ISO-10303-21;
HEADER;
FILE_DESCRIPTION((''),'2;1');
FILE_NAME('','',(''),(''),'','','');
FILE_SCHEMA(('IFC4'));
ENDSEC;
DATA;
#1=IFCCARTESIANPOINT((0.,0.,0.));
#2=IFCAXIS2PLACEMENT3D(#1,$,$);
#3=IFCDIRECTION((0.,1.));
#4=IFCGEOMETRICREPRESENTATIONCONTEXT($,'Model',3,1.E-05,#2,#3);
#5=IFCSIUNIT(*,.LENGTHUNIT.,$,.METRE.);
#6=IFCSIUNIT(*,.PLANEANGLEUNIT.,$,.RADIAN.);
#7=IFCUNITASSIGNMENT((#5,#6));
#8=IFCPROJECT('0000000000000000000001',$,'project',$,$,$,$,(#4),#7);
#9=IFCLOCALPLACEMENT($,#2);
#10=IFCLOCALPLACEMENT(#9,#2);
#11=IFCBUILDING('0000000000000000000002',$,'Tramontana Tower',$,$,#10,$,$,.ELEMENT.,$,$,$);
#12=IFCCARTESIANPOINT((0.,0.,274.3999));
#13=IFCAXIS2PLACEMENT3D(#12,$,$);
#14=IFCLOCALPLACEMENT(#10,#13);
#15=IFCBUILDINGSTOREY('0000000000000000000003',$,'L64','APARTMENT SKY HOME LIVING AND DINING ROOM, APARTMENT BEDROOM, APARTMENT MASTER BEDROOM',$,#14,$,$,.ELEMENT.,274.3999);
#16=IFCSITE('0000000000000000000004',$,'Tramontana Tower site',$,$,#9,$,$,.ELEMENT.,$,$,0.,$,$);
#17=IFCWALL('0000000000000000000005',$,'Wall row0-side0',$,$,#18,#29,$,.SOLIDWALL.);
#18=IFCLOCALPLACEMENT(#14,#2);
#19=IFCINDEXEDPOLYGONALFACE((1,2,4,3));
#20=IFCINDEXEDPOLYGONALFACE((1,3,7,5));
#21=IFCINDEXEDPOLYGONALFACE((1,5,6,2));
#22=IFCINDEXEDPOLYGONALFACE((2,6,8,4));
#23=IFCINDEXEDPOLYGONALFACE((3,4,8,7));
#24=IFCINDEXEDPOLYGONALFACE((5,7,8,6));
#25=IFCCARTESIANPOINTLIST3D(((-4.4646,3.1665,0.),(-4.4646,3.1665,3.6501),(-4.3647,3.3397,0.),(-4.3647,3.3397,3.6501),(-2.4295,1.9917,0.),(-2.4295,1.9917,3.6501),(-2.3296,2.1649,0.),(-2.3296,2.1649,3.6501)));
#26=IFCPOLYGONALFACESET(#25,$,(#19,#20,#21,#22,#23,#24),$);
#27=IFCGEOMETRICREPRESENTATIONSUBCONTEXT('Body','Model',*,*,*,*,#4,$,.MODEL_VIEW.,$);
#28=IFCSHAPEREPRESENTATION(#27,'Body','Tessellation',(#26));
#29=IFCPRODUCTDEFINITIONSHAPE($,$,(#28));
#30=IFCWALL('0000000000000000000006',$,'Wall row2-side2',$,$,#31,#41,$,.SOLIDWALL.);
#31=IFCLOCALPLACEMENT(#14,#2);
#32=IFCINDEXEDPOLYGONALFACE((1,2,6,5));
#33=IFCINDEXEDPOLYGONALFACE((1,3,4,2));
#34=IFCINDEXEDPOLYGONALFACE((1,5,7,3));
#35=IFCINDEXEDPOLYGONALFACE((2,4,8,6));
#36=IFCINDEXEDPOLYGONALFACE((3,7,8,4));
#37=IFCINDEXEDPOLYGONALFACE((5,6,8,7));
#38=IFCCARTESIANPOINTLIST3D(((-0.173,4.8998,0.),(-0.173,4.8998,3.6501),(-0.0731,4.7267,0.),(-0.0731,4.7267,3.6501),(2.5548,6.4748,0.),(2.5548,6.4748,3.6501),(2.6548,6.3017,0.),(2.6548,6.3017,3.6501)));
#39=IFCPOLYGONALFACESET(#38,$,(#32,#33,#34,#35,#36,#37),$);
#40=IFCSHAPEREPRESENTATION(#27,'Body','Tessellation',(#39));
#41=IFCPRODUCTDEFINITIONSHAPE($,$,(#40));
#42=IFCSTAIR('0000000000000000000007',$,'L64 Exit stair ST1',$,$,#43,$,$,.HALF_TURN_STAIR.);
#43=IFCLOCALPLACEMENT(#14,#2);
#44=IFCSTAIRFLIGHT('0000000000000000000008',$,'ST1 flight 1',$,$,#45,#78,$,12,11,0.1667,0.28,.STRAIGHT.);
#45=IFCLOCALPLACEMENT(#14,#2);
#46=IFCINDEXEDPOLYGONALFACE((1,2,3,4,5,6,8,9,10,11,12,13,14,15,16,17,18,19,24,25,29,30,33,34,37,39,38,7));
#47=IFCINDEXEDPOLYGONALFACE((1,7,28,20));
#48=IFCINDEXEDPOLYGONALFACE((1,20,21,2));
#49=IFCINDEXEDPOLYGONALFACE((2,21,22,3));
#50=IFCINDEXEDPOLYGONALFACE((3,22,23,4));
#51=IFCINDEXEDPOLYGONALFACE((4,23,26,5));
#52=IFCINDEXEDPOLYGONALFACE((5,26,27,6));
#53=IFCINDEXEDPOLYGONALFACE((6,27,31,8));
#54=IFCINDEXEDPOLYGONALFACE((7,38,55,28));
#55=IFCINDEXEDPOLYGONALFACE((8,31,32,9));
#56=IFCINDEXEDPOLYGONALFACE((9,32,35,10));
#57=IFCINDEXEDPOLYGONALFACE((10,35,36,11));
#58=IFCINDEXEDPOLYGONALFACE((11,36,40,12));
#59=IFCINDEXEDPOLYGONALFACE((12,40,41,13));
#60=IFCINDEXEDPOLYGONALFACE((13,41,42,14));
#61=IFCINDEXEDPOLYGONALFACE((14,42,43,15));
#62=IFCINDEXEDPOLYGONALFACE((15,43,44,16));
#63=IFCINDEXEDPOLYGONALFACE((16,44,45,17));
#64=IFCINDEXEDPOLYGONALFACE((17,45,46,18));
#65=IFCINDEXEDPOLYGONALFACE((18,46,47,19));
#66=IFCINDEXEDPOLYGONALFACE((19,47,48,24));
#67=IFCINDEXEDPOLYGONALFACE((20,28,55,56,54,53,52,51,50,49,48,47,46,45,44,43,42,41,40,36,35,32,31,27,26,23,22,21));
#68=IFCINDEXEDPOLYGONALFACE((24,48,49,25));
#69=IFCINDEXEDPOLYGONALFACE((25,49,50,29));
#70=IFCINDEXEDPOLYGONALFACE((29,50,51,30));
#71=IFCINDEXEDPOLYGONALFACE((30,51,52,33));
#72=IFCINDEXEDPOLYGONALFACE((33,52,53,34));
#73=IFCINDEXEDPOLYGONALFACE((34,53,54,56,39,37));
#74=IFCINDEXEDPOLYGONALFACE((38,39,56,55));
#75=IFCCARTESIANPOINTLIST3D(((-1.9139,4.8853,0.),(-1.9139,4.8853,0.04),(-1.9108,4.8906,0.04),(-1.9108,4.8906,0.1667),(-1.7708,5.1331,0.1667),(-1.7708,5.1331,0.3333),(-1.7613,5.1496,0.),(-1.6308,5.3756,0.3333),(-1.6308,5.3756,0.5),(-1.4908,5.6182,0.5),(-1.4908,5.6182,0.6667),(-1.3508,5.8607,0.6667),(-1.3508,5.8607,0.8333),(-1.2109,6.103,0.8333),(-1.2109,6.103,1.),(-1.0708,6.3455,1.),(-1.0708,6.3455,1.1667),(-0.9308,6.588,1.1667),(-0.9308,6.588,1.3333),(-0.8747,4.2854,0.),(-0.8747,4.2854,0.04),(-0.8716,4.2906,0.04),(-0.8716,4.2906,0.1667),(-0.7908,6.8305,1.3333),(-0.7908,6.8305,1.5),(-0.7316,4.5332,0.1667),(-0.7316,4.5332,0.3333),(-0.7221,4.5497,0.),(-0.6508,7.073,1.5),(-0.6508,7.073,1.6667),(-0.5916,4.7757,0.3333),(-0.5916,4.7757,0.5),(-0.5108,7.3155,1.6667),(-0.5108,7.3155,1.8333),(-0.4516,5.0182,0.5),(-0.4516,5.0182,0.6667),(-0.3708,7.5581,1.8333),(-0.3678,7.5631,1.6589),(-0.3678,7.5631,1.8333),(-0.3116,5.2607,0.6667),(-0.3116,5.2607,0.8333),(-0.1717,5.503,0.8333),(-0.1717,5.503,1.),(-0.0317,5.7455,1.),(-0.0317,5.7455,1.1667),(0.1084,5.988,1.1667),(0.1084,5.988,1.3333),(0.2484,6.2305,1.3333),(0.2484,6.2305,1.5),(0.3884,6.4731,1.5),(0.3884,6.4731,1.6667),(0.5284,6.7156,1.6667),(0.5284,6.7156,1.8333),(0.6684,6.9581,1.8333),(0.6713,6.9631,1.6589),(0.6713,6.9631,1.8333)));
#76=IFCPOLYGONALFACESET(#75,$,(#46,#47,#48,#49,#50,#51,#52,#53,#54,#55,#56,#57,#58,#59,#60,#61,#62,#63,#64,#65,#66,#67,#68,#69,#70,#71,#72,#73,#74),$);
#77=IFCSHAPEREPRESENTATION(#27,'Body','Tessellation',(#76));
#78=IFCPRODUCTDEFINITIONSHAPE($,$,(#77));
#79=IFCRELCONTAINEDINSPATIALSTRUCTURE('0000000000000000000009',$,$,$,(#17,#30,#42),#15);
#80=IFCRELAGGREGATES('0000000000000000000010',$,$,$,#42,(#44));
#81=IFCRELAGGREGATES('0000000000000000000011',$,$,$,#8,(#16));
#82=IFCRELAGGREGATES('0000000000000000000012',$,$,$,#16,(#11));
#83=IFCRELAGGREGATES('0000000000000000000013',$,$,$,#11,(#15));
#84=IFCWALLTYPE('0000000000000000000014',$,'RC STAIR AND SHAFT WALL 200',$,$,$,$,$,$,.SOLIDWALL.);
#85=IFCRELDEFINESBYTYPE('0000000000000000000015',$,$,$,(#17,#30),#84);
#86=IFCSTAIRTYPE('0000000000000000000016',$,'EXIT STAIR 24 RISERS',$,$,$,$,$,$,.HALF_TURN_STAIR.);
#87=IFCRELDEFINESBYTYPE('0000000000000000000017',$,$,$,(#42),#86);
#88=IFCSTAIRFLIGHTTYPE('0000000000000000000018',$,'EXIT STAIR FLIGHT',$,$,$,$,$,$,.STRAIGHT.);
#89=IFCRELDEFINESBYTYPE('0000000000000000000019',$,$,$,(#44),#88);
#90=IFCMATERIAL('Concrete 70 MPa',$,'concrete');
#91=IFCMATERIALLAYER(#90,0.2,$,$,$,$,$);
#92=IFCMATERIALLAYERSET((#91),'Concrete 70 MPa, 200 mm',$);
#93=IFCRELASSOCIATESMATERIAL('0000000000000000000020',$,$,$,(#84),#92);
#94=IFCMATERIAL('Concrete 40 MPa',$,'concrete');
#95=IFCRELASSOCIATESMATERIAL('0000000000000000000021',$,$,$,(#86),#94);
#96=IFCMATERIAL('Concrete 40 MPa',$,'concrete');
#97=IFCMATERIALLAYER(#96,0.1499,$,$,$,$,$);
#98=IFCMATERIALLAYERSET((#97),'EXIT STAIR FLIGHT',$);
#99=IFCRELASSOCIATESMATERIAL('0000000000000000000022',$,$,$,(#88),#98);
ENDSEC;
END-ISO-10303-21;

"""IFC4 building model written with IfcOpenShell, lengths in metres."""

from ifc_helpers import new_model, si_unit, direction, frame, frame_2d, origin, place, context, subcontext, project, spatial, polyline, rectangle, outline, extrude, material, layer, layer_set, type_object, element, aggregate, save


model = new_model("IFC4")

# Units and contexts
model_context = context("Model", 3, precision=1e-05, world=origin(), true_north=direction((0.0, 1.0)))
body_context = subcontext(model_context, "Body", "Model", "MODEL_VIEW")
ifc_project = project(units=[si_unit("LENGTHUNIT", "METRE"), si_unit("PLANEANGLEUNIT", "RADIAN")], contexts=[model_context])

# Site, building, storey
site_placement = place(None, origin())
site = spatial("IfcSite", under=ifc_project, at=site_placement, Name="Tramontana Tower site", CompositionType="ELEMENT", RefElevation=0.0)
building_placement = place(site_placement, origin())
building = spatial("IfcBuilding", under=site, at=building_placement, Name="Tramontana Tower", CompositionType="ELEMENT")
storey_placement = place(building_placement, frame((0.0, 0.0, 274.3999)))
storey = spatial("IfcBuildingStorey", under=building, at=storey_placement, Name="L64", Description="APARTMENT SKY HOME LIVING AND DINING ROOM, APARTMENT BEDROOM, APARTMENT MASTER BEDROOM", CompositionType="ELEMENT", Elevation=274.3999)

# Shared definitions
ifc_material_1 = material(Name="Concrete 70 MPa", Category="concrete")
ifc_layer_1 = layer(ifc_material_1, 0.2)
ifc_layer_set_1 = layer_set([ifc_layer_1], Name="Concrete 70 MPa, 200 mm")
wall_type_1 = type_object("IfcWallType", Name="RC STAIR AND SHAFT WALL 200", PredefinedType="SOLIDWALL", material=ifc_layer_set_1)

# Walls
wall_1_placement = place(storey_placement, frame((-2.3796, 2.0784, 0.0), z_axis=(0.0, 0.0, 1.0), x_axis=(-0.866061, 0.499938, 0.0)))
element("IfcWall", 1, at=wall_1_placement, inside=storey, type_object=wall_type_1, Name="Wall row0-side0", PredefinedType="SOLIDWALL", context=body_context, shape_type="SweptSolid", body=[
    extrude(rectangle(XDim=2.3499, YDim=0.2, at=frame_2d((1.1748, 0.0))), origin(), (0.0, 0.0, 1.0), 3.6501),
])
wall_2_placement = place(storey_placement, frame((-0.123, 4.8132, 0.0), z_axis=(0.0, 0.0, 1.0), x_axis=(0.866016, 0.500015, 0.0)))
element("IfcWall", 2, at=wall_2_placement, inside=storey, type_object=wall_type_1, Name="Wall row2-side2", PredefinedType="SOLIDWALL", context=body_context, shape_type="SweptSolid", body=[
    extrude(rectangle(XDim=3.1499, YDim=0.2, at=frame_2d((1.575, 0.0))), origin(), (0.0, 0.0, 1.0), 3.6501),
])

# Stair, stair flight
ifc_material_2 = material(Name="Concrete 40 MPa", Category="concrete")
stair_type = type_object("IfcStairType", Name="EXIT STAIR 24 RISERS", PredefinedType="HALF_TURN_STAIR", material=ifc_material_2)
stair_placement = place(storey_placement, origin())
stair = element("IfcStair", 3, at=stair_placement, inside=storey, type_object=stair_type, Name="L64 Exit stair ST1", PredefinedType="HALF_TURN_STAIR")
ifc_material_3 = material(Name="Concrete 40 MPa", Category="concrete")
ifc_layer_2 = layer(ifc_material_3, 0.1499)
ifc_layer_set_2 = layer_set([ifc_layer_2], Name="EXIT STAIR FLIGHT")
stair_flight_type = type_object("IfcStairFlightType", Name="EXIT STAIR FLIGHT", PredefinedType="STRAIGHT", material=ifc_layer_set_2)
stair_flight_placement = place(storey_placement, frame((-1.3911, 4.5906, 0.0), z_axis=(0.0, 0.0, 1.0), x_axis=(0.5, 0.866025, 0.0)))
stair_flight = element("IfcStairFlight", 4, at=stair_flight_placement, type_object=stair_flight_type, Name="ST1 flight 1", NumberOfRisers=12, NumberOfTreads=11, PredefinedType="STRAIGHT", RiserHeight=0.1667, TreadLength=0.28, context=body_context, shape_type="SweptSolid", body=[
    extrude(outline(polyline([(-0.0061, 0.0), (-0.0061, 0.04), (0.0, 0.04), (0.0, 0.1667), (0.28, 0.1667), (0.28, 0.3333), (0.5601, 0.3333), (0.5601, 0.5), (0.8401, 0.5), (0.8401, 0.6667), (1.1201, 0.6667), (1.1201, 0.8333), (1.3999, 0.8333), (1.3999, 1.0), (1.6799, 1.0), (1.6799, 1.1667), (1.96, 1.1667), (1.96, 1.3333), (2.24, 1.3333), (2.24, 1.5), (2.52, 1.5), (2.52, 1.6667), (2.8, 1.6667), (2.8, 1.8333), (3.0801, 1.8333), (3.0859, 1.8333), (3.0859, 1.6589), (0.2991, 0.0), (-0.0061, 0.0)])), frame((0.0, 0.6001, 0.0), z_axis=(0.0, -1.0, 0.0), x_axis=(1.0, 0.0, 0.0)), (0.0, 0.0, 1.0), 1.2),
])
aggregate(stair, [stair_flight])

save(model, "model.ifc")
